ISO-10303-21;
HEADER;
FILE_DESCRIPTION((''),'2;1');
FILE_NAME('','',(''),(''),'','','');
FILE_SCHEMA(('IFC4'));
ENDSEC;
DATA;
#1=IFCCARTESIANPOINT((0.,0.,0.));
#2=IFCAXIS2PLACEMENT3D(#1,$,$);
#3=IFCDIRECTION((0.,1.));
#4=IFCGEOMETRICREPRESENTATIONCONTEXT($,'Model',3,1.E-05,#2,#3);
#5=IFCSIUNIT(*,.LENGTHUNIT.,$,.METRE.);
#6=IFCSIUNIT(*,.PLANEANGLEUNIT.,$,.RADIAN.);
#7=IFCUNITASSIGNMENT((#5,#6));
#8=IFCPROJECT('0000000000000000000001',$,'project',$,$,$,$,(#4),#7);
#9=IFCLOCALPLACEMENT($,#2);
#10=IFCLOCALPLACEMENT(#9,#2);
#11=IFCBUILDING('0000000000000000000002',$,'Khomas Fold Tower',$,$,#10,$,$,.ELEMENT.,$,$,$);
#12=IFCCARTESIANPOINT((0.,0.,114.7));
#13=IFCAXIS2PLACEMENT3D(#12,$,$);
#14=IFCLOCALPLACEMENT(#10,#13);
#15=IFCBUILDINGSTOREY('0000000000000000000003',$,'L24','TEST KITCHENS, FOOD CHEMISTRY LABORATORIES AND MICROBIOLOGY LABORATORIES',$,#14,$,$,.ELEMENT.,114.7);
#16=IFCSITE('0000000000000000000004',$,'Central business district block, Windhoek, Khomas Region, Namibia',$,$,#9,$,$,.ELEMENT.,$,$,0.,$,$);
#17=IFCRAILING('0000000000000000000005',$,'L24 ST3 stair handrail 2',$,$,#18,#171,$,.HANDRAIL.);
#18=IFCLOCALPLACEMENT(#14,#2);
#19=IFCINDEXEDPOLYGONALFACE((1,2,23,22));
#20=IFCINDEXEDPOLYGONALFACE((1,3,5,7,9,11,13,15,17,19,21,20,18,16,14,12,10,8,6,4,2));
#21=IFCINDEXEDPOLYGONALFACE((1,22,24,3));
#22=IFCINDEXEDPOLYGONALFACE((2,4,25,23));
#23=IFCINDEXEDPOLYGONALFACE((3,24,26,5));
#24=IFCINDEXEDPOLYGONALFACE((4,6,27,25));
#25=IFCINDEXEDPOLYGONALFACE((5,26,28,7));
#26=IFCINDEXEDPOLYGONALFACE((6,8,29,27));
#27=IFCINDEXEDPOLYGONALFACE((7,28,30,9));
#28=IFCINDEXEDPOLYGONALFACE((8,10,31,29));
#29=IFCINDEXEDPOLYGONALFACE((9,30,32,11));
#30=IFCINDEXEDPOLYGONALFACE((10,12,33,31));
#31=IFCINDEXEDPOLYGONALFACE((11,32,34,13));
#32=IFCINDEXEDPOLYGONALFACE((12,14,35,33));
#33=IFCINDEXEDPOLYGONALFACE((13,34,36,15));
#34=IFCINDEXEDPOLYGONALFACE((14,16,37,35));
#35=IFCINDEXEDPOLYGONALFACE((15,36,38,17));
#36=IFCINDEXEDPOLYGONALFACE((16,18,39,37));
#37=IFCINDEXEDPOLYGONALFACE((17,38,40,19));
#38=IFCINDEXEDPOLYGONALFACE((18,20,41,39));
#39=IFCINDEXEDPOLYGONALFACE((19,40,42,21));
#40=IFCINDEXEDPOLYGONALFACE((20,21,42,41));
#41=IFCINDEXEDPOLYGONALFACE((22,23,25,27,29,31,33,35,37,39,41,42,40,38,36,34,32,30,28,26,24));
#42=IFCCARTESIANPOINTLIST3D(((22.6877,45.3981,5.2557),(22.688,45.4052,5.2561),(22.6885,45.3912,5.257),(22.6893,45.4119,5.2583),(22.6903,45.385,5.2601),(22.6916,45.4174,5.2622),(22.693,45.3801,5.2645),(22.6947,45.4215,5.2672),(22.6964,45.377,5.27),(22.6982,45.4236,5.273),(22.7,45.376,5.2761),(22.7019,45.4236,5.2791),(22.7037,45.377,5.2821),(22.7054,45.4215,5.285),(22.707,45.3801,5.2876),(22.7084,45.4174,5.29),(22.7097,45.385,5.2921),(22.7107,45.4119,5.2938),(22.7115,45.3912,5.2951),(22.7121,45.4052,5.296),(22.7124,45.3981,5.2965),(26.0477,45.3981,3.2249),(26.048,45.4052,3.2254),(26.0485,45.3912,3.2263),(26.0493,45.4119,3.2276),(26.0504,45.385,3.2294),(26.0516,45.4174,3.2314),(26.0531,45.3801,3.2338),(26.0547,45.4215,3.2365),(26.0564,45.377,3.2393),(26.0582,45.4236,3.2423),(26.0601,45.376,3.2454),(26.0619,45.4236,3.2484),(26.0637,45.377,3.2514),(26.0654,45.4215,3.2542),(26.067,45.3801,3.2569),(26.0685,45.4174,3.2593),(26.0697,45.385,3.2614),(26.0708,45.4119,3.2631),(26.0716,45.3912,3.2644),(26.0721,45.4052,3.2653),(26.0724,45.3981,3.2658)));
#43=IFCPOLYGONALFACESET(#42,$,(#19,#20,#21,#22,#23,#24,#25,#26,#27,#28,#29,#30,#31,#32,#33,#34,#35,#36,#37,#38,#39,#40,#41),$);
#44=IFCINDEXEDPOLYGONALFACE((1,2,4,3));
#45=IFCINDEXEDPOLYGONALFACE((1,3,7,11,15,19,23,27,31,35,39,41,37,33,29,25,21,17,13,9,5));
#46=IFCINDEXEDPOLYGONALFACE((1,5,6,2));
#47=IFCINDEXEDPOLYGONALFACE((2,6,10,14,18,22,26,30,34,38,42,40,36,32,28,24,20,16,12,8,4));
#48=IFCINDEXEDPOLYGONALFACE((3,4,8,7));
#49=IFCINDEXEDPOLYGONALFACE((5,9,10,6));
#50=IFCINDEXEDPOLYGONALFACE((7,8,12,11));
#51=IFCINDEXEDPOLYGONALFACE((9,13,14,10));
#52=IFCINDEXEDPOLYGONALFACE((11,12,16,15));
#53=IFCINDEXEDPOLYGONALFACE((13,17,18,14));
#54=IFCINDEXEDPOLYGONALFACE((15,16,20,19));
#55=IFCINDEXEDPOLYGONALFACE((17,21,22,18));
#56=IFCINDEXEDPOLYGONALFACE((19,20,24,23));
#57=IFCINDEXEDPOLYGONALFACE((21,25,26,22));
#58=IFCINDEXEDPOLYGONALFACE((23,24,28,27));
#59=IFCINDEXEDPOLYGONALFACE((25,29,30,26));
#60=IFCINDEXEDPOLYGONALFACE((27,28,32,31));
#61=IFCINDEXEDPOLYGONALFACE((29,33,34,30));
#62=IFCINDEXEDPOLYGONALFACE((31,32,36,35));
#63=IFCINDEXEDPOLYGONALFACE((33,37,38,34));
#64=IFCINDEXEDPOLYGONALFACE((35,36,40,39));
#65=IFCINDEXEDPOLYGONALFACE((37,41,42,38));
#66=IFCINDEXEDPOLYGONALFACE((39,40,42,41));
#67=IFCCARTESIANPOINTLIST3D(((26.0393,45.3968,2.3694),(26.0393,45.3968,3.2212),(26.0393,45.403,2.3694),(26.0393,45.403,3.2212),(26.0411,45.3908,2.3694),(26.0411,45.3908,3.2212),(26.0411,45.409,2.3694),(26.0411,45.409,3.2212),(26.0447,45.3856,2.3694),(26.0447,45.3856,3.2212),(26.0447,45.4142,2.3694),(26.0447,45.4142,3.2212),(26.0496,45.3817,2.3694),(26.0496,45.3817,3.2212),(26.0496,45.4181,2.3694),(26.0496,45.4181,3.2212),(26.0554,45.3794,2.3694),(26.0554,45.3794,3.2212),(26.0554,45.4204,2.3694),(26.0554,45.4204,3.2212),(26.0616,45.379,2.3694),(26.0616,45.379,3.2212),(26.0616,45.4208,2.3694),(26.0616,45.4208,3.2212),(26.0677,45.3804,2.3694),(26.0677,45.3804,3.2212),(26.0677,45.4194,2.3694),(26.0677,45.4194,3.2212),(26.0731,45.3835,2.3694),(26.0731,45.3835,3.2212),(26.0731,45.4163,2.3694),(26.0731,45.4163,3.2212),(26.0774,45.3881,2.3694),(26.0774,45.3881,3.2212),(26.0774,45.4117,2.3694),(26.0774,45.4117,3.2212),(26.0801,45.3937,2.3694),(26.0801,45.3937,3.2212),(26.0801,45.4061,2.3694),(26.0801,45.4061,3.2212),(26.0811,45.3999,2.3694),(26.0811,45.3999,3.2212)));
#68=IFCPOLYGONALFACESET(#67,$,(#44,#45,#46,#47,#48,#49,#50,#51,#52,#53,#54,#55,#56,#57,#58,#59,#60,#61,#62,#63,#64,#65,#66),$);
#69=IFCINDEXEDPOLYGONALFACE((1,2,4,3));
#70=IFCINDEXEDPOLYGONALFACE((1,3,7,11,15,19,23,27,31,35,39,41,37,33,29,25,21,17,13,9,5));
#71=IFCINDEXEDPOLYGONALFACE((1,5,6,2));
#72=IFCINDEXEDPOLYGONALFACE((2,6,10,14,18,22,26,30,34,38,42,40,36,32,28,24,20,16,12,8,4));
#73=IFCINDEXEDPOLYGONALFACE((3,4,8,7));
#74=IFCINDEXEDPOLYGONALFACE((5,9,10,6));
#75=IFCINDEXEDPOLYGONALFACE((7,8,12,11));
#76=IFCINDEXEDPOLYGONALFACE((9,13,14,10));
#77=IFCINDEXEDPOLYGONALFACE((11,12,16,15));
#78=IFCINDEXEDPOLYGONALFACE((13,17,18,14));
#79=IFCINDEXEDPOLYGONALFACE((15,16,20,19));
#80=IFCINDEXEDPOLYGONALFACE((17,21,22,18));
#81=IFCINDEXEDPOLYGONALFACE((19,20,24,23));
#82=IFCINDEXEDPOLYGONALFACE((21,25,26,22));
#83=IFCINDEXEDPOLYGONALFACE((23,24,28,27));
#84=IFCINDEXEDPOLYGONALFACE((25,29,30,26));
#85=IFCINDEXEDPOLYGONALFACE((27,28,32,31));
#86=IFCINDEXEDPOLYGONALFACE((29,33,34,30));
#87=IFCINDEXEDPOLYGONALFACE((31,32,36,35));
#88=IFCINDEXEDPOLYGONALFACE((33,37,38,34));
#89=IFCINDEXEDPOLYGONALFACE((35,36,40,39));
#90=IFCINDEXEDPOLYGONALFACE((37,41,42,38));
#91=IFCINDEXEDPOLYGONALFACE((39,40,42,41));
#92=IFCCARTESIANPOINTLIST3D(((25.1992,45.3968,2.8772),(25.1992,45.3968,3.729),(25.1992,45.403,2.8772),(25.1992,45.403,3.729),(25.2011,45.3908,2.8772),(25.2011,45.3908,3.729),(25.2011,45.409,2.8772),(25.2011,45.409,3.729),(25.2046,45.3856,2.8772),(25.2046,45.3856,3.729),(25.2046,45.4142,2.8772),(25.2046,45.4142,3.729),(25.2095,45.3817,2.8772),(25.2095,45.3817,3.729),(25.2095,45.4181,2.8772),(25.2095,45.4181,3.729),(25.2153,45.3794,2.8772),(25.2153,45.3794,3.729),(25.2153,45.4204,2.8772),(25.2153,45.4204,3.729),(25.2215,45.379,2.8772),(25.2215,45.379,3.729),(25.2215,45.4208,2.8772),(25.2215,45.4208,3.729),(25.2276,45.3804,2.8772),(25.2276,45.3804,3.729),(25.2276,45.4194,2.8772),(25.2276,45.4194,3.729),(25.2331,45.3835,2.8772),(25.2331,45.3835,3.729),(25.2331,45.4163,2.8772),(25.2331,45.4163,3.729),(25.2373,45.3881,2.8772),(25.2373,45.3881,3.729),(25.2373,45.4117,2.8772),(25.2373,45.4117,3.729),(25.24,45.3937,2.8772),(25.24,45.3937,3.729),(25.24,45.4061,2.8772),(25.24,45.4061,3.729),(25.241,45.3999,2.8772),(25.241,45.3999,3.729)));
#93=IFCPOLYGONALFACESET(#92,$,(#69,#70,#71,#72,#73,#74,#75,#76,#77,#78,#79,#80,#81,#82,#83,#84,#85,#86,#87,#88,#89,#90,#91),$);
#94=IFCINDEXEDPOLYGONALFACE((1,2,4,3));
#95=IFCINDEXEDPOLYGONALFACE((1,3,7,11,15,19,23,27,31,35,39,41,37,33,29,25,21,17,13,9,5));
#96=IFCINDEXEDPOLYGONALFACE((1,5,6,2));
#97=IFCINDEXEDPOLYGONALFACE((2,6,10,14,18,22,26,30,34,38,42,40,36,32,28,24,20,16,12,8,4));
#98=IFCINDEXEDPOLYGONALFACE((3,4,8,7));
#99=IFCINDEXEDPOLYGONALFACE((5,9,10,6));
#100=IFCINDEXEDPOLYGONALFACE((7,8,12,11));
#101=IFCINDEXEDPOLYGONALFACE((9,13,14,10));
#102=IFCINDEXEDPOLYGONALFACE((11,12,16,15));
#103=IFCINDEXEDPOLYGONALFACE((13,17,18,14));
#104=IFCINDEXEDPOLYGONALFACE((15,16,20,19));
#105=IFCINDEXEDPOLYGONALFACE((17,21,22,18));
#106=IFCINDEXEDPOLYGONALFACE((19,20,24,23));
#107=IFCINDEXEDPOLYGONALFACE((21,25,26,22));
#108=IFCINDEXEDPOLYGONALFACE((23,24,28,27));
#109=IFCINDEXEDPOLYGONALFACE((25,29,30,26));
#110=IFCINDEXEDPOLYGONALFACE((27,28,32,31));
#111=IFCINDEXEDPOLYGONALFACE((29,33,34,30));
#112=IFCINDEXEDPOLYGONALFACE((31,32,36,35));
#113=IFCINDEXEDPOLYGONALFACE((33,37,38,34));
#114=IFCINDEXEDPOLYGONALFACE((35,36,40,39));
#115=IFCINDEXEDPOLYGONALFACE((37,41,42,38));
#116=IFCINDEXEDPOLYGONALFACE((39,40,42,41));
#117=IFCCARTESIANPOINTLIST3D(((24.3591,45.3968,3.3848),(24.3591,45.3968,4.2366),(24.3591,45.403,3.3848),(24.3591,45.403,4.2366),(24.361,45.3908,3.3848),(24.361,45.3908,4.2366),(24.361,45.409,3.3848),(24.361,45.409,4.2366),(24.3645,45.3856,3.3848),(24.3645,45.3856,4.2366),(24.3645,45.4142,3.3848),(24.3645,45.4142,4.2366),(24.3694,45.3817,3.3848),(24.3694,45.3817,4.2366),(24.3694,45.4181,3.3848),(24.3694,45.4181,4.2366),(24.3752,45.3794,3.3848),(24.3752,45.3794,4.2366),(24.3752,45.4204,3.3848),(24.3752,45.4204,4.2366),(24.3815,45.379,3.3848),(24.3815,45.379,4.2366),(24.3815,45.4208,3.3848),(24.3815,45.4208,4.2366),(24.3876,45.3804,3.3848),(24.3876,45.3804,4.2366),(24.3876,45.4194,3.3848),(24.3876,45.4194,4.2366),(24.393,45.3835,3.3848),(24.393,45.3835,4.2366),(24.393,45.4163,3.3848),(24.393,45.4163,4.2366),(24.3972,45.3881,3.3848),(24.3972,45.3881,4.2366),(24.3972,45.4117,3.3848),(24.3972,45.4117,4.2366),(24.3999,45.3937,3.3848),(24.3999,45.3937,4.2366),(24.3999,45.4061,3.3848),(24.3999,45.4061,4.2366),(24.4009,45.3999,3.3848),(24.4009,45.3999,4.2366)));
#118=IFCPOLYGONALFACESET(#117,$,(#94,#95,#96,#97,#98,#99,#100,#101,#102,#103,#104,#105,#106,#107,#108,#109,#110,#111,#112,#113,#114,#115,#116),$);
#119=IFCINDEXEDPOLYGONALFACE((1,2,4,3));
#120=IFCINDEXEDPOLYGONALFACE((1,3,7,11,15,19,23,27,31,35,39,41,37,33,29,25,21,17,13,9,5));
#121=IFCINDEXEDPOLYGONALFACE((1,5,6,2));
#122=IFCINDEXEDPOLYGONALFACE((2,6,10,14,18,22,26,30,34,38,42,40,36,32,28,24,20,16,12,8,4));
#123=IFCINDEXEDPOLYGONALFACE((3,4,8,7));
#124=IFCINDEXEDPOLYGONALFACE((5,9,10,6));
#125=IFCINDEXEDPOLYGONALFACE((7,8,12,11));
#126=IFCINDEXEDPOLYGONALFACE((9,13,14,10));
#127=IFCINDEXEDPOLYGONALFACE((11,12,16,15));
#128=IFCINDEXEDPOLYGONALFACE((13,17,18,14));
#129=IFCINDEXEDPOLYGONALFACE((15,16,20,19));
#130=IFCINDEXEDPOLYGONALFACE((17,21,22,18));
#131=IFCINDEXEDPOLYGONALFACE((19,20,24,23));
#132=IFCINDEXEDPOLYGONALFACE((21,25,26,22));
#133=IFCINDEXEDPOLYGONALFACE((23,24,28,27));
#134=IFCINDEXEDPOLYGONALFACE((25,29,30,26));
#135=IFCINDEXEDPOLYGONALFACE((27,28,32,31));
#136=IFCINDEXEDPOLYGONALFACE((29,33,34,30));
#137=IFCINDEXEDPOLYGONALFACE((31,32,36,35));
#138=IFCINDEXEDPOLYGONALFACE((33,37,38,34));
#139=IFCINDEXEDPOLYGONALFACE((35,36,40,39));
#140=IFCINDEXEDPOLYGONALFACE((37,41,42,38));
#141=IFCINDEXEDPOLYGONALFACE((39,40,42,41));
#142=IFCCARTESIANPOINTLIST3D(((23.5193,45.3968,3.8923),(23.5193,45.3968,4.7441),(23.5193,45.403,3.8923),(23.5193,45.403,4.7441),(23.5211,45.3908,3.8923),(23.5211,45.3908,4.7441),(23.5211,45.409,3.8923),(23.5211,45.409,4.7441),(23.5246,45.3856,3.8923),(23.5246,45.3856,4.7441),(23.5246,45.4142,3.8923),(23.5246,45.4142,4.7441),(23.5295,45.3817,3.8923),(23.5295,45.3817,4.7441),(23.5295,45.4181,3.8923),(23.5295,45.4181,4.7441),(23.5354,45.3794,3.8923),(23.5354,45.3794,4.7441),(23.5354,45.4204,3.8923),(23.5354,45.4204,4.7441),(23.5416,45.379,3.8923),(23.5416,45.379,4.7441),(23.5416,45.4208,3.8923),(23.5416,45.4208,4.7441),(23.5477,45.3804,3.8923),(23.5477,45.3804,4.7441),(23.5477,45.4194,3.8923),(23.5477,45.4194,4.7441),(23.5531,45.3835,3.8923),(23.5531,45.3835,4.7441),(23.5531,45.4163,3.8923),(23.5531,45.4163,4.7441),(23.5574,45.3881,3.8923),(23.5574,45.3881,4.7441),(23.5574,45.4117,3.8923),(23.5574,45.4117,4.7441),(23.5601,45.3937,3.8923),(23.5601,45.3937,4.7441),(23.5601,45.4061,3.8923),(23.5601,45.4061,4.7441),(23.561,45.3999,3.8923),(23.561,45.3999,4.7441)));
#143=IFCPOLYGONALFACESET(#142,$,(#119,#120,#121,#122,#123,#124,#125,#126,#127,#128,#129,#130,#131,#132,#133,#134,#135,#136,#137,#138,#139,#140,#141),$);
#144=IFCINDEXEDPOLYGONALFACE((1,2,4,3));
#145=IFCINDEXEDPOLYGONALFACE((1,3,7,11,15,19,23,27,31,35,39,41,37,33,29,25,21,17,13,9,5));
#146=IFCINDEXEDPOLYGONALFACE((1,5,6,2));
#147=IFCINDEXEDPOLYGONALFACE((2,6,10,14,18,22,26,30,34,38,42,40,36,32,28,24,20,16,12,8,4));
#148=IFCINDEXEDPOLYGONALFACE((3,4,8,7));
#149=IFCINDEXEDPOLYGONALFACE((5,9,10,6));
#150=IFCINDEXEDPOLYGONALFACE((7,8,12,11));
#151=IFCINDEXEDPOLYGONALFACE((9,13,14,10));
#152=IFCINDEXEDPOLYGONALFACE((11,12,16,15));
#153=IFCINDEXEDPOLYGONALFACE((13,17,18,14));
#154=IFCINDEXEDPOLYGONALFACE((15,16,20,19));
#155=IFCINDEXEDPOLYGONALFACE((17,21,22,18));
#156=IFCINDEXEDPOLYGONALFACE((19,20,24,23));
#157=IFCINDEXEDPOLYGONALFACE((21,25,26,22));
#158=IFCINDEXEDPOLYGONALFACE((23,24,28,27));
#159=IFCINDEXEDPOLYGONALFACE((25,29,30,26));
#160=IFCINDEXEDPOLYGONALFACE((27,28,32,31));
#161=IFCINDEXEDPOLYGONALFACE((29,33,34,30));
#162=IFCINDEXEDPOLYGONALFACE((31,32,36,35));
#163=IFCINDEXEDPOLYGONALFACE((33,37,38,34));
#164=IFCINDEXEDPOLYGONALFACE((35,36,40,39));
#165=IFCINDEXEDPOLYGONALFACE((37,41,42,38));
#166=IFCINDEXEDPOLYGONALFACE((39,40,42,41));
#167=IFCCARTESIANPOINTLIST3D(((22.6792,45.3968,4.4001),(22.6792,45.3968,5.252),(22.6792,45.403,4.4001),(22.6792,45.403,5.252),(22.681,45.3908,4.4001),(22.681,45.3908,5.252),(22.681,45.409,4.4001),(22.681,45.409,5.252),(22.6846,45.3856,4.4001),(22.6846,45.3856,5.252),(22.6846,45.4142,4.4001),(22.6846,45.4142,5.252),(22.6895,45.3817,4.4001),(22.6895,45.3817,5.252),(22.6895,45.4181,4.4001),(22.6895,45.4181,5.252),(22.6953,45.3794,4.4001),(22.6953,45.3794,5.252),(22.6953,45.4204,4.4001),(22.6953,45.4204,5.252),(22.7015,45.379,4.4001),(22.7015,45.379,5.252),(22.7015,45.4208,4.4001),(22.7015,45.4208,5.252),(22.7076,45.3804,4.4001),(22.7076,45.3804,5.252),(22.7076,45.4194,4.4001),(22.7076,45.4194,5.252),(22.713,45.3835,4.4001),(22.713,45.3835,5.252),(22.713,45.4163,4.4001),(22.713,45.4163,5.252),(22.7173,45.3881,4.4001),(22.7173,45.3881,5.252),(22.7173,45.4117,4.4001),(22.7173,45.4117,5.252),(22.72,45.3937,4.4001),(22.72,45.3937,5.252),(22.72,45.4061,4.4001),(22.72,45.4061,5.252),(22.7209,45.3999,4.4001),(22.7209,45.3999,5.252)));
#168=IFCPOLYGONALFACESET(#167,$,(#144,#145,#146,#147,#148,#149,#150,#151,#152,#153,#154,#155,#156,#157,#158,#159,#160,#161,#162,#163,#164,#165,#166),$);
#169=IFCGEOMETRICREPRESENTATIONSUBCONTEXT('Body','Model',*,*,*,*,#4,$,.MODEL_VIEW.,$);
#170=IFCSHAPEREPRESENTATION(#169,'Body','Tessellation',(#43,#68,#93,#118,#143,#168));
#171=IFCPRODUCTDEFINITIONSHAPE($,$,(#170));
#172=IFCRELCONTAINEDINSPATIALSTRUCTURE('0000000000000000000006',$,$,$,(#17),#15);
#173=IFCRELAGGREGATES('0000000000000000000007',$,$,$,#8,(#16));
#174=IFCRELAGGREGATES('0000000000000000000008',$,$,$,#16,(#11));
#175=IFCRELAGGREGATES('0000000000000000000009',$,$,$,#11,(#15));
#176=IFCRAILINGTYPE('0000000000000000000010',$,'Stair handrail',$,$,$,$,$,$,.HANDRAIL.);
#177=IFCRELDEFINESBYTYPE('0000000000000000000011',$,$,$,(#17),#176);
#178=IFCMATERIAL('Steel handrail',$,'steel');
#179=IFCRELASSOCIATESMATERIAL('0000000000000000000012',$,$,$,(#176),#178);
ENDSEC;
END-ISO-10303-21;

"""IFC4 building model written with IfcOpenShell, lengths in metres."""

from ifc_helpers import new_model, si_unit, direction, frame, origin, origin_2d, place, context, subcontext, project, spatial, circle, extrude, source, transform, mapped, material, type_object, element, save


model = new_model("IFC4")

# Units and contexts
model_context = context("Model", 3, precision=1e-05, world=origin(), true_north=direction((0.0, 1.0)))
body_context = subcontext(model_context, "Body", "Model", "MODEL_VIEW")
ifc_project = project(units=[si_unit("LENGTHUNIT", "METRE"), si_unit("PLANEANGLEUNIT", "RADIAN")], contexts=[model_context])

# Site, building, storey
site_placement = place(None, origin())
site = spatial("IfcSite", under=ifc_project, at=site_placement, Name="Central business district block, Windhoek, Khomas Region, Namibia", CompositionType="ELEMENT", RefElevation=0.0)
building_placement = place(site_placement, origin())
building = spatial("IfcBuilding", under=site, at=building_placement, Name="Khomas Fold Tower", CompositionType="ELEMENT")
storey_placement = place(building_placement, frame((0.0, 0.0, 114.7)))
storey = spatial("IfcBuildingStorey", under=building, at=storey_placement, Name="L24", Description="TEST KITCHENS, FOOD CHEMISTRY LABORATORIES AND MICROBIOLOGY LABORATORIES", CompositionType="ELEMENT", Elevation=114.7)

# Railing
ifc_material_1 = material(Name="Steel handrail", Category="steel")
railing_type_1 = type_object("IfcRailingType", Name="Stair handrail", PredefinedType="HANDRAIL", material=ifc_material_1)
shared_shape_1 = source(origin(), body_context, "Body", "SweptSolid", [
    extrude(circle(Radius=0.0239, at=origin_2d()), frame((0.0, 0.0, 0.876), z_axis=(-0.855837, 0.0, 0.517246), x_axis=(0.0, -1.0, 0.0)), (0.0, 0.0, 1.0), 3.926),
    extrude(circle(Radius=0.021, at=origin_2d()), origin(), (0.0, 0.0, 1.0), 0.8518),
    extrude(circle(Radius=0.021, at=origin_2d()), frame((-0.8401, 0.0, 0.5078)), (0.0, 0.0, 1.0), 0.8518),
    extrude(circle(Radius=0.021, at=origin_2d()), frame((-1.6802, 0.0, 1.0154)), (0.0, 0.0, 1.0), 0.8518),
    extrude(circle(Radius=0.021, at=origin_2d()), frame((-2.52, 0.0, 1.5229)), (0.0, 0.0, 1.0), 0.8518),
    extrude(circle(Radius=0.021, at=origin_2d()), frame((-3.3601, 0.0, 2.0308)), (0.0, 0.0, 1.0), 0.8518),
])
railing_1_placement = place(storey_placement, frame((26.0601, 45.3999, 2.3694)))
element("IfcRailing", 1, at=railing_1_placement, inside=storey, type_object=railing_type_1, Name="L24 ST3 stair handrail 2", PredefinedType="HANDRAIL", context=body_context, shape_type="MappedRepresentation", body=[
    mapped(shared_shape_1, transform((0.0, 0.0, 0.0))),
])

save(model, "model.ifc")
